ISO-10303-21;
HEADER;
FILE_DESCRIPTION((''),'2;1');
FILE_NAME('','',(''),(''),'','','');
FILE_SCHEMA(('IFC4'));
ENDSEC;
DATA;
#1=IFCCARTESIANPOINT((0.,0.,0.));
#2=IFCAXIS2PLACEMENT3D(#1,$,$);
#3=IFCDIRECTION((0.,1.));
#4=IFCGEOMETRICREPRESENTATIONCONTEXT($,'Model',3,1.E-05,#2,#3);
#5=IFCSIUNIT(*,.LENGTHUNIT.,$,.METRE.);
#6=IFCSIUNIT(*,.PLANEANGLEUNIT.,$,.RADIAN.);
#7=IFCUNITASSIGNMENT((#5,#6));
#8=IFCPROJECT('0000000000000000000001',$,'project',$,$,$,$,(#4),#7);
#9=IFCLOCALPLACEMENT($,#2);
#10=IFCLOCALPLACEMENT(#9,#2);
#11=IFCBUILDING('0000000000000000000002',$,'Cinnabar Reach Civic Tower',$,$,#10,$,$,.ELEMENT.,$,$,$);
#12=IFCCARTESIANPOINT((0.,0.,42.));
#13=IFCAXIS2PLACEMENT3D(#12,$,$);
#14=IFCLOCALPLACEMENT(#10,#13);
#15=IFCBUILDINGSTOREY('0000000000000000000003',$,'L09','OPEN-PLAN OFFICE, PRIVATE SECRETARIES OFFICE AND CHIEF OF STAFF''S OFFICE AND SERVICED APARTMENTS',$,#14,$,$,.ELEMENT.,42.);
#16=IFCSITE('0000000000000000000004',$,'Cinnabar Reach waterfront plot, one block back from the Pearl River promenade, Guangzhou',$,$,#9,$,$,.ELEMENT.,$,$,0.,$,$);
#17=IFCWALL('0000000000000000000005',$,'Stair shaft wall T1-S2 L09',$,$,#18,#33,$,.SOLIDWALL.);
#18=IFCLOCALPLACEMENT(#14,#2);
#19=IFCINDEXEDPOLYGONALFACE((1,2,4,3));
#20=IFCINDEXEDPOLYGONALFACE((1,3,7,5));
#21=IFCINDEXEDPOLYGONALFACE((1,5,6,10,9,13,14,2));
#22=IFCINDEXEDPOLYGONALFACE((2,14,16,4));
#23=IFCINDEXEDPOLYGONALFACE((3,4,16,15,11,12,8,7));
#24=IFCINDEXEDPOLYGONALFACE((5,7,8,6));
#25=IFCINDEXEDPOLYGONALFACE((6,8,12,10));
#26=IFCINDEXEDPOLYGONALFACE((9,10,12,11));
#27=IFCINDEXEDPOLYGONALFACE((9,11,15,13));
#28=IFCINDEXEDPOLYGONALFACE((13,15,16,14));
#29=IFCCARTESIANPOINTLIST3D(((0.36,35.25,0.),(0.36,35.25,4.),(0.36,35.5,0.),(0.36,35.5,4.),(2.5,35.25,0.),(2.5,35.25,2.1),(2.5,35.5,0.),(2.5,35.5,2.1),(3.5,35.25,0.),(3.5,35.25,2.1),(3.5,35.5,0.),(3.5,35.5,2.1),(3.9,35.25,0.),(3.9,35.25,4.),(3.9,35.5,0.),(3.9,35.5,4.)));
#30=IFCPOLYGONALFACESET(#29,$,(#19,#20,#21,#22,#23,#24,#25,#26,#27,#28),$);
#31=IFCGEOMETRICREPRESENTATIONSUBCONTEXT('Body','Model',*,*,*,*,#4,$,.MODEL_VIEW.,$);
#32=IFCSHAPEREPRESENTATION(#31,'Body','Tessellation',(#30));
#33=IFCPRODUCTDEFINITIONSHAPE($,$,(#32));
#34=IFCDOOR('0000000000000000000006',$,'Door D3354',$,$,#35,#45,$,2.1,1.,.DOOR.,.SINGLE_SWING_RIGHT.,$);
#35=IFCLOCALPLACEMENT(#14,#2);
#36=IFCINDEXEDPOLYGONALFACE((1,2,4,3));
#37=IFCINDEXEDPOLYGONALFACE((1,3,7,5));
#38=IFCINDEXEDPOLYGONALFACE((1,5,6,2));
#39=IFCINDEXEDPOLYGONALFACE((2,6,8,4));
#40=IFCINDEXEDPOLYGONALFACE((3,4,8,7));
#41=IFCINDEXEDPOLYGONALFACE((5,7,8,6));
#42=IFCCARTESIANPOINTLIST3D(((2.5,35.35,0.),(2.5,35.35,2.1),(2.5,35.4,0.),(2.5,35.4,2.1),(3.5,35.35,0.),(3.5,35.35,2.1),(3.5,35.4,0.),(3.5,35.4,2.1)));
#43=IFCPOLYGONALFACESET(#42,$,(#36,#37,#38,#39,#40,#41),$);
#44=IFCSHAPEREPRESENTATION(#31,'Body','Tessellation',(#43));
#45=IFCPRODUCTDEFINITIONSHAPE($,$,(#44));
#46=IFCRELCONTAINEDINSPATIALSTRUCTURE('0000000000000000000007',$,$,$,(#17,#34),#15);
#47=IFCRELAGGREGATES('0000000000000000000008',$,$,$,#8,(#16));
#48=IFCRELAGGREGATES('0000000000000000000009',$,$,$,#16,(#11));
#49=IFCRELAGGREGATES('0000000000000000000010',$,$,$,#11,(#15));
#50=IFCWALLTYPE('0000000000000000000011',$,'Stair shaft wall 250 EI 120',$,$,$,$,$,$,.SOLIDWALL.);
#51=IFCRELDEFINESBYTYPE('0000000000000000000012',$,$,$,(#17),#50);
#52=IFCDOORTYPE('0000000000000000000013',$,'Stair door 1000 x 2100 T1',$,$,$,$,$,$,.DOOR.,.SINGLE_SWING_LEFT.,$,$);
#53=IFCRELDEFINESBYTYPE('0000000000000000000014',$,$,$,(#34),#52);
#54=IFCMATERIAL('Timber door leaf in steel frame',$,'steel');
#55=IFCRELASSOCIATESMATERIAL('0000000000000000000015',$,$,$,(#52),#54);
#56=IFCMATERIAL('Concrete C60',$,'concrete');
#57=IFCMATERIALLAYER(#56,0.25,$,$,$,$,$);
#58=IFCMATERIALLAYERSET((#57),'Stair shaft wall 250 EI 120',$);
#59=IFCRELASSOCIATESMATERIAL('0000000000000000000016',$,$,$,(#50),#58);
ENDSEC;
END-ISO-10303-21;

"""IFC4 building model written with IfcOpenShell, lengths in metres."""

from ifc_helpers import new_model, si_unit, direction, frame, frame_2d, origin, place, context, subcontext, project, spatial, rectangle, extrude, material, layer, layer_set, type_object, element, fill, save


model = new_model("IFC4")

# Units and contexts
model_context = context("Model", 3, precision=1e-05, world=origin(), true_north=direction((0.0, 1.0)))
body_context = subcontext(model_context, "Body", "Model", "MODEL_VIEW")
ifc_project = project(units=[si_unit("LENGTHUNIT", "METRE"), si_unit("PLANEANGLEUNIT", "RADIAN")], contexts=[model_context])

# Site, building, storey
site_placement = place(None, origin())
site = spatial("IfcSite", under=ifc_project, at=site_placement, Name="Cinnabar Reach waterfront plot, one block back from the Pearl River promenade, Guangzhou", CompositionType="ELEMENT", RefElevation=0.0)
building_placement = place(site_placement, origin())
building = spatial("IfcBuilding", under=site, at=building_placement, Name="Cinnabar Reach Civic Tower", CompositionType="ELEMENT")
storey_placement = place(building_placement, frame((0.0, 0.0, 42.0)))
storey = spatial("IfcBuildingStorey", under=building, at=storey_placement, Name="L09", Description="OPEN-PLAN OFFICE, PRIVATE SECRETARIES OFFICE AND CHIEF OF STAFF'S OFFICE AND SERVICED APARTMENTS", CompositionType="ELEMENT", Elevation=42.0)

# Shared definitions
ifc_material_1 = material(Name="Concrete C60", Category="concrete")

# Shared definitions
ifc_material_2 = material(Name="Timber door leaf in steel frame", Category="steel")
door_type_1 = type_object("IfcDoorType", Name="Stair door 1000 x 2100 T1", OperationType="SINGLE_SWING_LEFT", PredefinedType="DOOR", material=ifc_material_2)

# Wall, opening, door
ifc_layer_1 = layer(ifc_material_1, 0.25)
ifc_layer_set_1 = layer_set([ifc_layer_1], Name="Stair shaft wall 250 EI 120")
wall_type_1 = type_object("IfcWallType", Name="Stair shaft wall 250 EI 120", PredefinedType="SOLIDWALL", material=ifc_layer_set_1)
wall_1_placement = place(storey_placement, frame((0.36, 35.375, 0.0), z_axis=(0.0, 0.0, 1.0), x_axis=(1.0, 0.0, 0.0)))
wall_1 = element("IfcWall", 1, at=wall_1_placement, inside=storey, type_object=wall_type_1, Name="Stair shaft wall T1-S2 L09", PredefinedType="SOLIDWALL", context=body_context, shape_type="SweptSolid", body=[
    extrude(rectangle(XDim=3.54, YDim=0.25, at=frame_2d((1.77, 0.0))), origin(), (0.0, 0.0, 1.0), 4.0),
])
opening_1_placement = place(wall_1_placement, frame((2.14, 0.0, 0.0)))
opening_1 = element("IfcOpeningElement", 2, at=opening_1_placement, cuts=wall_1, PredefinedType="OPENING", context=body_context, shape_type="SweptSolid", body=[
    extrude(rectangle(XDim=1.0, YDim=2.1, at=frame_2d((0.5, 1.05))), frame((0.0, 0.135, 0.0), z_axis=(0.0, -1.0, 0.0), x_axis=(1.0, 0.0, 0.0)), (0.0, 0.0, 1.0), 0.27),
])
door_1_placement = place(opening_1_placement, origin())
door_1 = element("IfcDoor", 3, at=door_1_placement, inside=storey, type_object=door_type_1, Name="Door D3354", OperationType="SINGLE_SWING_RIGHT", OverallHeight=2.1, OverallWidth=1.0, PredefinedType="DOOR", context=body_context, shape_type="SweptSolid", body=[
    extrude(rectangle(XDim=1.0, YDim=2.1, at=frame_2d((0.5, 1.05))), frame((0.0, 0.025, 0.0), z_axis=(0.0, -1.0, 0.0), x_axis=(1.0, 0.0, 0.0)), (0.0, 0.0, 1.0), 0.05),
])
fill(opening_1, door_1)

save(model, "model.ifc")
